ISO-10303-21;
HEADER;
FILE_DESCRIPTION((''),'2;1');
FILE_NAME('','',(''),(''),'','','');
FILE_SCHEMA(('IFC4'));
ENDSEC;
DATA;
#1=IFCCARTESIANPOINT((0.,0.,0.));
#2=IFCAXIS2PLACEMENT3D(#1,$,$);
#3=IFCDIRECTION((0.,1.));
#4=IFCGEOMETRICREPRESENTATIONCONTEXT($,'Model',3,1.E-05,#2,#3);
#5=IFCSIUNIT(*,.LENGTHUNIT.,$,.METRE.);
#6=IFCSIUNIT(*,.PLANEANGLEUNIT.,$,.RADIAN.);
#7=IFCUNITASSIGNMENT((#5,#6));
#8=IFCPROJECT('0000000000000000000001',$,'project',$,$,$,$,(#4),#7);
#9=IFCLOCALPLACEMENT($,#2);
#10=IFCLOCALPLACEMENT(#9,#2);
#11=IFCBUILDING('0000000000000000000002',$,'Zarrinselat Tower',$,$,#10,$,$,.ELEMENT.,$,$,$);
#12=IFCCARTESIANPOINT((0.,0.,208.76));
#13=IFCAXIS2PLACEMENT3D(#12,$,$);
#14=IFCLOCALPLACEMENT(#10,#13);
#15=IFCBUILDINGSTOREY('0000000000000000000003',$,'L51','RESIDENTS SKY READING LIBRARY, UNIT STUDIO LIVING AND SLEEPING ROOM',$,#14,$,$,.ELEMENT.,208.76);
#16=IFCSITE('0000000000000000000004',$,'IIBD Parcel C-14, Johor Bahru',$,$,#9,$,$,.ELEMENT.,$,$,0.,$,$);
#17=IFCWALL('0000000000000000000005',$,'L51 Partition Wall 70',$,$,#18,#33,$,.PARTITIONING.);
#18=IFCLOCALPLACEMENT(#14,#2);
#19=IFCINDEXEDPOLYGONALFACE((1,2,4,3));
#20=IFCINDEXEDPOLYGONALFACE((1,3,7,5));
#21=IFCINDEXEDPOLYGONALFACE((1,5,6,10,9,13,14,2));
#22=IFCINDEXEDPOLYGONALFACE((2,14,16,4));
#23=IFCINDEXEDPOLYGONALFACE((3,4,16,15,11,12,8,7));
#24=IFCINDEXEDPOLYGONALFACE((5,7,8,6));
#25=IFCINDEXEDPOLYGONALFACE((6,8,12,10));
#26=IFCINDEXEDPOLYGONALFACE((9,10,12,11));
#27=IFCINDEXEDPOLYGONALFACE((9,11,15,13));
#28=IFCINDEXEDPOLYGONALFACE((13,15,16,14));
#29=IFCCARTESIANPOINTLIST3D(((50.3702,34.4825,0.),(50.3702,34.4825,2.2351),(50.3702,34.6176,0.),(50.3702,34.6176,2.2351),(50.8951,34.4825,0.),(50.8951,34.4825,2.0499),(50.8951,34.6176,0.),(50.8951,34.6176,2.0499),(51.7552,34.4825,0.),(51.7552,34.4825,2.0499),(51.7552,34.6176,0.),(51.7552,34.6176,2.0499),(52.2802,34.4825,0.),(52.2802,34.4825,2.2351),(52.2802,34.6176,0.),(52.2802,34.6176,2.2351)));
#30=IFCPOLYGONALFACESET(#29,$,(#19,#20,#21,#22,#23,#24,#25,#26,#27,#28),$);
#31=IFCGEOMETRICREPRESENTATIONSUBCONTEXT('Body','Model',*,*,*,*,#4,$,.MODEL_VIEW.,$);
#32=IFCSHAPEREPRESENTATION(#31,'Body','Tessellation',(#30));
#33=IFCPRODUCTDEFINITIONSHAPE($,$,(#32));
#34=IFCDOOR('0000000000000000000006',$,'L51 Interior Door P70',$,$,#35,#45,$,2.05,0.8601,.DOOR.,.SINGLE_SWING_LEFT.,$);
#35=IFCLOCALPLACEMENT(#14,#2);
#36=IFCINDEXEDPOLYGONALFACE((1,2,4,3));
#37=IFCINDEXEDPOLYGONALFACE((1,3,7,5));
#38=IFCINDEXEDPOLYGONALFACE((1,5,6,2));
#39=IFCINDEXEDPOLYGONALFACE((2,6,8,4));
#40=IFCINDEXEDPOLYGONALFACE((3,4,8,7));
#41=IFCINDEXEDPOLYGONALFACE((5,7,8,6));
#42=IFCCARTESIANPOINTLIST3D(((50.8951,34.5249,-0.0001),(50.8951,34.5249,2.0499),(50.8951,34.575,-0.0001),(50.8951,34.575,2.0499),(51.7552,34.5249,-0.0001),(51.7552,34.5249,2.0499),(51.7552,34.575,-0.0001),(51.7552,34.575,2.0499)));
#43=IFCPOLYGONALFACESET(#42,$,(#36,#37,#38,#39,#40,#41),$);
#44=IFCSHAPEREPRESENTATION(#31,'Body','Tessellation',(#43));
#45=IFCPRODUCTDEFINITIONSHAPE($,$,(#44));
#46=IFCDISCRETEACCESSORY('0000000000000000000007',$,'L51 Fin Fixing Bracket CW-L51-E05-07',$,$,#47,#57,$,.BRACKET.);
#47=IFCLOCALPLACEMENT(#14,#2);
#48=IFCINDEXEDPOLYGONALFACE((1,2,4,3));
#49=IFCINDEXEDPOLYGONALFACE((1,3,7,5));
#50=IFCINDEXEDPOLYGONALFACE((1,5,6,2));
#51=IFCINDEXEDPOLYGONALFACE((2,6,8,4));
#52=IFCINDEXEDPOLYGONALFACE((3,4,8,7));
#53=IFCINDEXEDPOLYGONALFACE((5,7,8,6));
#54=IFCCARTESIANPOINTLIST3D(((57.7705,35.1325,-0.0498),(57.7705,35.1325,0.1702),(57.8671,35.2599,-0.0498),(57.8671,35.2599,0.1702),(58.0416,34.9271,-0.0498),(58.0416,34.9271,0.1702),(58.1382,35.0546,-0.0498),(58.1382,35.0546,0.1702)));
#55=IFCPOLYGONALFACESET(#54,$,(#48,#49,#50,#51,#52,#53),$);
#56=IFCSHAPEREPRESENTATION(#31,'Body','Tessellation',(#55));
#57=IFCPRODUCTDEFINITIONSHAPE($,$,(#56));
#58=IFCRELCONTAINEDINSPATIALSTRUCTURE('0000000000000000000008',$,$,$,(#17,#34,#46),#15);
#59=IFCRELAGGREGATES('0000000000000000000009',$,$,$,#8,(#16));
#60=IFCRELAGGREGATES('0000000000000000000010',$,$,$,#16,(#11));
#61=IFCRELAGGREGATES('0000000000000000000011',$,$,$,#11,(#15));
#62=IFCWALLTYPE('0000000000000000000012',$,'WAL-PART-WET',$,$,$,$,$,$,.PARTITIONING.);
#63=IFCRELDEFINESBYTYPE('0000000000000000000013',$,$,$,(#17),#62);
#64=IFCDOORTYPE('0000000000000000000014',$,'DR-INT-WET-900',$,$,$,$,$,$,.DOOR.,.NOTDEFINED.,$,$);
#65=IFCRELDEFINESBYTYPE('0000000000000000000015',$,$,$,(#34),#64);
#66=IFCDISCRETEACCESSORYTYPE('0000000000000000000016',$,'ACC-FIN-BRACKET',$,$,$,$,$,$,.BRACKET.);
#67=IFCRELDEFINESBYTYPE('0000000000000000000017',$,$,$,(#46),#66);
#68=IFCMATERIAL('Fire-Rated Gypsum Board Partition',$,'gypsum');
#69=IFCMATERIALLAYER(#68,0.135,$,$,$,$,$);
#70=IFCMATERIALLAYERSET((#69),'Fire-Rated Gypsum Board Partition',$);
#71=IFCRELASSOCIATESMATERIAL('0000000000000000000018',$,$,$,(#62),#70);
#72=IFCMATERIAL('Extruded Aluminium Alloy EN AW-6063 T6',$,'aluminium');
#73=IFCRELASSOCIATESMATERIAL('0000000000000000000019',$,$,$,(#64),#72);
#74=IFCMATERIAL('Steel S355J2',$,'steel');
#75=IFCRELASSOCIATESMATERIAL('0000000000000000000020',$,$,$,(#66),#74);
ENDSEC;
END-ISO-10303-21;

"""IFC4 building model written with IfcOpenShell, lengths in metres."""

from ifc_helpers import new_model, si_unit, direction, frame, frame_2d, origin, origin_2d, place, context, subcontext, project, spatial, rectangle, extrude, material, layer, layer_set, type_object, element, fill, save


model = new_model("IFC4")

# Units and contexts
model_context = context("Model", 3, precision=1e-05, world=origin(), true_north=direction((0.0, 1.0)))
body_context = subcontext(model_context, "Body", "Model", "MODEL_VIEW")
ifc_project = project(units=[si_unit("LENGTHUNIT", "METRE"), si_unit("PLANEANGLEUNIT", "RADIAN")], contexts=[model_context])

# Site, building, storey
site_placement = place(None, origin())
site = spatial("IfcSite", under=ifc_project, at=site_placement, Name="IIBD Parcel C-14, Johor Bahru", CompositionType="ELEMENT", RefElevation=0.0)
building_placement = place(site_placement, origin())
building = spatial("IfcBuilding", under=site, at=building_placement, Name="Zarrinselat Tower", CompositionType="ELEMENT")
storey_placement = place(building_placement, frame((0.0, 0.0, 208.76)))
storey = spatial("IfcBuildingStorey", under=building, at=storey_placement, Name="L51", Description="RESIDENTS SKY READING LIBRARY, UNIT STUDIO LIVING AND SLEEPING ROOM", CompositionType="ELEMENT", Elevation=208.76)

# Shared definitions
ifc_material_1 = material(Name="Fire-Rated Gypsum Board Partition", Category="gypsum")
ifc_layer_1 = layer(ifc_material_1, 0.135)
ifc_layer_set_1 = layer_set([ifc_layer_1], Name="Fire-Rated Gypsum Board Partition")
wall_type_1 = type_object("IfcWallType", Name="WAL-PART-WET", PredefinedType="PARTITIONING", material=ifc_layer_set_1)

# Wall, opening, door
wall_1_placement = place(storey_placement, frame((50.3701, 34.55, 0.0), z_axis=(0.0, 0.0, 1.0), x_axis=(1.0, 0.0, 0.0)))
wall_1 = element("IfcWall", 1, at=wall_1_placement, inside=storey, type_object=wall_type_1, Name="L51 Partition Wall 70", PredefinedType="PARTITIONING", context=body_context, shape_type="SweptSolid", body=[
    extrude(rectangle(XDim=1.9099, YDim=0.135, at=frame_2d((0.9551, 0.0))), origin(), (0.0, 0.0, 1.0), 2.2351),
])
opening_1_placement = place(wall_1_placement, frame((0.5249, 0.0, 0.0)))
opening_1 = element("IfcOpeningElement", 2, at=opening_1_placement, cuts=wall_1, PredefinedType="OPENING", context=body_context, shape_type="SweptSolid", body=[
    extrude(rectangle(XDim=0.8601, YDim=2.05, at=frame_2d((0.4302, 1.0249))), frame((0.0, 0.0774, 0.0), z_axis=(0.0, -1.0, 0.0), x_axis=(1.0, 0.0, 0.0)), (0.0, 0.0, 1.0), 0.155),
])
ifc_material_2 = material(Name="Extruded Aluminium Alloy EN AW-6063 T6", Category="aluminium")
door_type_1 = type_object("IfcDoorType", Name="DR-INT-WET-900", OperationType="NOTDEFINED", PredefinedType="DOOR", material=ifc_material_2)
door_1_placement = place(opening_1_placement, origin())
door_1 = element("IfcDoor", 3, at=door_1_placement, inside=storey, type_object=door_type_1, Name="L51 Interior Door P70", OperationType="SINGLE_SWING_LEFT", OverallHeight=2.05, OverallWidth=0.8601, PredefinedType="DOOR", context=body_context, shape_type="SweptSolid", body=[
    extrude(rectangle(XDim=0.8601, YDim=2.05, at=frame_2d((0.4302, 1.0249))), frame((0.0, 0.0249, 0.0), z_axis=(0.0, -1.0, 0.0), x_axis=(1.0, 0.0, 0.0)), (0.0, 0.0, 1.0), 0.05),
])
fill(opening_1, door_1)

# Discrete accessory
ifc_material_3 = material(Name="Steel S355J2", Category="steel")
discrete_accessory_type = type_object("IfcDiscreteAccessoryType", Name="ACC-FIN-BRACKET", PredefinedType="BRACKET", material=ifc_material_3)
discrete_accessory_placement = place(storey_placement, frame((57.9543, 35.0935, -0.0498), z_axis=(0.0, 0.0, 1.0), x_axis=(0.797091, -0.603859, 0.0)))
element("IfcDiscreteAccessory", 4, at=discrete_accessory_placement, inside=storey, type_object=discrete_accessory_type, Name="L51 Fin Fixing Bracket CW-L51-E05-07", PredefinedType="BRACKET", context=body_context, shape_type="SweptSolid", body=[
    extrude(rectangle(XDim=0.3401, YDim=0.1599, at=origin_2d()), origin(), (0.0, 0.0, 1.0), 0.22),
])

save(model, "model.ifc")
